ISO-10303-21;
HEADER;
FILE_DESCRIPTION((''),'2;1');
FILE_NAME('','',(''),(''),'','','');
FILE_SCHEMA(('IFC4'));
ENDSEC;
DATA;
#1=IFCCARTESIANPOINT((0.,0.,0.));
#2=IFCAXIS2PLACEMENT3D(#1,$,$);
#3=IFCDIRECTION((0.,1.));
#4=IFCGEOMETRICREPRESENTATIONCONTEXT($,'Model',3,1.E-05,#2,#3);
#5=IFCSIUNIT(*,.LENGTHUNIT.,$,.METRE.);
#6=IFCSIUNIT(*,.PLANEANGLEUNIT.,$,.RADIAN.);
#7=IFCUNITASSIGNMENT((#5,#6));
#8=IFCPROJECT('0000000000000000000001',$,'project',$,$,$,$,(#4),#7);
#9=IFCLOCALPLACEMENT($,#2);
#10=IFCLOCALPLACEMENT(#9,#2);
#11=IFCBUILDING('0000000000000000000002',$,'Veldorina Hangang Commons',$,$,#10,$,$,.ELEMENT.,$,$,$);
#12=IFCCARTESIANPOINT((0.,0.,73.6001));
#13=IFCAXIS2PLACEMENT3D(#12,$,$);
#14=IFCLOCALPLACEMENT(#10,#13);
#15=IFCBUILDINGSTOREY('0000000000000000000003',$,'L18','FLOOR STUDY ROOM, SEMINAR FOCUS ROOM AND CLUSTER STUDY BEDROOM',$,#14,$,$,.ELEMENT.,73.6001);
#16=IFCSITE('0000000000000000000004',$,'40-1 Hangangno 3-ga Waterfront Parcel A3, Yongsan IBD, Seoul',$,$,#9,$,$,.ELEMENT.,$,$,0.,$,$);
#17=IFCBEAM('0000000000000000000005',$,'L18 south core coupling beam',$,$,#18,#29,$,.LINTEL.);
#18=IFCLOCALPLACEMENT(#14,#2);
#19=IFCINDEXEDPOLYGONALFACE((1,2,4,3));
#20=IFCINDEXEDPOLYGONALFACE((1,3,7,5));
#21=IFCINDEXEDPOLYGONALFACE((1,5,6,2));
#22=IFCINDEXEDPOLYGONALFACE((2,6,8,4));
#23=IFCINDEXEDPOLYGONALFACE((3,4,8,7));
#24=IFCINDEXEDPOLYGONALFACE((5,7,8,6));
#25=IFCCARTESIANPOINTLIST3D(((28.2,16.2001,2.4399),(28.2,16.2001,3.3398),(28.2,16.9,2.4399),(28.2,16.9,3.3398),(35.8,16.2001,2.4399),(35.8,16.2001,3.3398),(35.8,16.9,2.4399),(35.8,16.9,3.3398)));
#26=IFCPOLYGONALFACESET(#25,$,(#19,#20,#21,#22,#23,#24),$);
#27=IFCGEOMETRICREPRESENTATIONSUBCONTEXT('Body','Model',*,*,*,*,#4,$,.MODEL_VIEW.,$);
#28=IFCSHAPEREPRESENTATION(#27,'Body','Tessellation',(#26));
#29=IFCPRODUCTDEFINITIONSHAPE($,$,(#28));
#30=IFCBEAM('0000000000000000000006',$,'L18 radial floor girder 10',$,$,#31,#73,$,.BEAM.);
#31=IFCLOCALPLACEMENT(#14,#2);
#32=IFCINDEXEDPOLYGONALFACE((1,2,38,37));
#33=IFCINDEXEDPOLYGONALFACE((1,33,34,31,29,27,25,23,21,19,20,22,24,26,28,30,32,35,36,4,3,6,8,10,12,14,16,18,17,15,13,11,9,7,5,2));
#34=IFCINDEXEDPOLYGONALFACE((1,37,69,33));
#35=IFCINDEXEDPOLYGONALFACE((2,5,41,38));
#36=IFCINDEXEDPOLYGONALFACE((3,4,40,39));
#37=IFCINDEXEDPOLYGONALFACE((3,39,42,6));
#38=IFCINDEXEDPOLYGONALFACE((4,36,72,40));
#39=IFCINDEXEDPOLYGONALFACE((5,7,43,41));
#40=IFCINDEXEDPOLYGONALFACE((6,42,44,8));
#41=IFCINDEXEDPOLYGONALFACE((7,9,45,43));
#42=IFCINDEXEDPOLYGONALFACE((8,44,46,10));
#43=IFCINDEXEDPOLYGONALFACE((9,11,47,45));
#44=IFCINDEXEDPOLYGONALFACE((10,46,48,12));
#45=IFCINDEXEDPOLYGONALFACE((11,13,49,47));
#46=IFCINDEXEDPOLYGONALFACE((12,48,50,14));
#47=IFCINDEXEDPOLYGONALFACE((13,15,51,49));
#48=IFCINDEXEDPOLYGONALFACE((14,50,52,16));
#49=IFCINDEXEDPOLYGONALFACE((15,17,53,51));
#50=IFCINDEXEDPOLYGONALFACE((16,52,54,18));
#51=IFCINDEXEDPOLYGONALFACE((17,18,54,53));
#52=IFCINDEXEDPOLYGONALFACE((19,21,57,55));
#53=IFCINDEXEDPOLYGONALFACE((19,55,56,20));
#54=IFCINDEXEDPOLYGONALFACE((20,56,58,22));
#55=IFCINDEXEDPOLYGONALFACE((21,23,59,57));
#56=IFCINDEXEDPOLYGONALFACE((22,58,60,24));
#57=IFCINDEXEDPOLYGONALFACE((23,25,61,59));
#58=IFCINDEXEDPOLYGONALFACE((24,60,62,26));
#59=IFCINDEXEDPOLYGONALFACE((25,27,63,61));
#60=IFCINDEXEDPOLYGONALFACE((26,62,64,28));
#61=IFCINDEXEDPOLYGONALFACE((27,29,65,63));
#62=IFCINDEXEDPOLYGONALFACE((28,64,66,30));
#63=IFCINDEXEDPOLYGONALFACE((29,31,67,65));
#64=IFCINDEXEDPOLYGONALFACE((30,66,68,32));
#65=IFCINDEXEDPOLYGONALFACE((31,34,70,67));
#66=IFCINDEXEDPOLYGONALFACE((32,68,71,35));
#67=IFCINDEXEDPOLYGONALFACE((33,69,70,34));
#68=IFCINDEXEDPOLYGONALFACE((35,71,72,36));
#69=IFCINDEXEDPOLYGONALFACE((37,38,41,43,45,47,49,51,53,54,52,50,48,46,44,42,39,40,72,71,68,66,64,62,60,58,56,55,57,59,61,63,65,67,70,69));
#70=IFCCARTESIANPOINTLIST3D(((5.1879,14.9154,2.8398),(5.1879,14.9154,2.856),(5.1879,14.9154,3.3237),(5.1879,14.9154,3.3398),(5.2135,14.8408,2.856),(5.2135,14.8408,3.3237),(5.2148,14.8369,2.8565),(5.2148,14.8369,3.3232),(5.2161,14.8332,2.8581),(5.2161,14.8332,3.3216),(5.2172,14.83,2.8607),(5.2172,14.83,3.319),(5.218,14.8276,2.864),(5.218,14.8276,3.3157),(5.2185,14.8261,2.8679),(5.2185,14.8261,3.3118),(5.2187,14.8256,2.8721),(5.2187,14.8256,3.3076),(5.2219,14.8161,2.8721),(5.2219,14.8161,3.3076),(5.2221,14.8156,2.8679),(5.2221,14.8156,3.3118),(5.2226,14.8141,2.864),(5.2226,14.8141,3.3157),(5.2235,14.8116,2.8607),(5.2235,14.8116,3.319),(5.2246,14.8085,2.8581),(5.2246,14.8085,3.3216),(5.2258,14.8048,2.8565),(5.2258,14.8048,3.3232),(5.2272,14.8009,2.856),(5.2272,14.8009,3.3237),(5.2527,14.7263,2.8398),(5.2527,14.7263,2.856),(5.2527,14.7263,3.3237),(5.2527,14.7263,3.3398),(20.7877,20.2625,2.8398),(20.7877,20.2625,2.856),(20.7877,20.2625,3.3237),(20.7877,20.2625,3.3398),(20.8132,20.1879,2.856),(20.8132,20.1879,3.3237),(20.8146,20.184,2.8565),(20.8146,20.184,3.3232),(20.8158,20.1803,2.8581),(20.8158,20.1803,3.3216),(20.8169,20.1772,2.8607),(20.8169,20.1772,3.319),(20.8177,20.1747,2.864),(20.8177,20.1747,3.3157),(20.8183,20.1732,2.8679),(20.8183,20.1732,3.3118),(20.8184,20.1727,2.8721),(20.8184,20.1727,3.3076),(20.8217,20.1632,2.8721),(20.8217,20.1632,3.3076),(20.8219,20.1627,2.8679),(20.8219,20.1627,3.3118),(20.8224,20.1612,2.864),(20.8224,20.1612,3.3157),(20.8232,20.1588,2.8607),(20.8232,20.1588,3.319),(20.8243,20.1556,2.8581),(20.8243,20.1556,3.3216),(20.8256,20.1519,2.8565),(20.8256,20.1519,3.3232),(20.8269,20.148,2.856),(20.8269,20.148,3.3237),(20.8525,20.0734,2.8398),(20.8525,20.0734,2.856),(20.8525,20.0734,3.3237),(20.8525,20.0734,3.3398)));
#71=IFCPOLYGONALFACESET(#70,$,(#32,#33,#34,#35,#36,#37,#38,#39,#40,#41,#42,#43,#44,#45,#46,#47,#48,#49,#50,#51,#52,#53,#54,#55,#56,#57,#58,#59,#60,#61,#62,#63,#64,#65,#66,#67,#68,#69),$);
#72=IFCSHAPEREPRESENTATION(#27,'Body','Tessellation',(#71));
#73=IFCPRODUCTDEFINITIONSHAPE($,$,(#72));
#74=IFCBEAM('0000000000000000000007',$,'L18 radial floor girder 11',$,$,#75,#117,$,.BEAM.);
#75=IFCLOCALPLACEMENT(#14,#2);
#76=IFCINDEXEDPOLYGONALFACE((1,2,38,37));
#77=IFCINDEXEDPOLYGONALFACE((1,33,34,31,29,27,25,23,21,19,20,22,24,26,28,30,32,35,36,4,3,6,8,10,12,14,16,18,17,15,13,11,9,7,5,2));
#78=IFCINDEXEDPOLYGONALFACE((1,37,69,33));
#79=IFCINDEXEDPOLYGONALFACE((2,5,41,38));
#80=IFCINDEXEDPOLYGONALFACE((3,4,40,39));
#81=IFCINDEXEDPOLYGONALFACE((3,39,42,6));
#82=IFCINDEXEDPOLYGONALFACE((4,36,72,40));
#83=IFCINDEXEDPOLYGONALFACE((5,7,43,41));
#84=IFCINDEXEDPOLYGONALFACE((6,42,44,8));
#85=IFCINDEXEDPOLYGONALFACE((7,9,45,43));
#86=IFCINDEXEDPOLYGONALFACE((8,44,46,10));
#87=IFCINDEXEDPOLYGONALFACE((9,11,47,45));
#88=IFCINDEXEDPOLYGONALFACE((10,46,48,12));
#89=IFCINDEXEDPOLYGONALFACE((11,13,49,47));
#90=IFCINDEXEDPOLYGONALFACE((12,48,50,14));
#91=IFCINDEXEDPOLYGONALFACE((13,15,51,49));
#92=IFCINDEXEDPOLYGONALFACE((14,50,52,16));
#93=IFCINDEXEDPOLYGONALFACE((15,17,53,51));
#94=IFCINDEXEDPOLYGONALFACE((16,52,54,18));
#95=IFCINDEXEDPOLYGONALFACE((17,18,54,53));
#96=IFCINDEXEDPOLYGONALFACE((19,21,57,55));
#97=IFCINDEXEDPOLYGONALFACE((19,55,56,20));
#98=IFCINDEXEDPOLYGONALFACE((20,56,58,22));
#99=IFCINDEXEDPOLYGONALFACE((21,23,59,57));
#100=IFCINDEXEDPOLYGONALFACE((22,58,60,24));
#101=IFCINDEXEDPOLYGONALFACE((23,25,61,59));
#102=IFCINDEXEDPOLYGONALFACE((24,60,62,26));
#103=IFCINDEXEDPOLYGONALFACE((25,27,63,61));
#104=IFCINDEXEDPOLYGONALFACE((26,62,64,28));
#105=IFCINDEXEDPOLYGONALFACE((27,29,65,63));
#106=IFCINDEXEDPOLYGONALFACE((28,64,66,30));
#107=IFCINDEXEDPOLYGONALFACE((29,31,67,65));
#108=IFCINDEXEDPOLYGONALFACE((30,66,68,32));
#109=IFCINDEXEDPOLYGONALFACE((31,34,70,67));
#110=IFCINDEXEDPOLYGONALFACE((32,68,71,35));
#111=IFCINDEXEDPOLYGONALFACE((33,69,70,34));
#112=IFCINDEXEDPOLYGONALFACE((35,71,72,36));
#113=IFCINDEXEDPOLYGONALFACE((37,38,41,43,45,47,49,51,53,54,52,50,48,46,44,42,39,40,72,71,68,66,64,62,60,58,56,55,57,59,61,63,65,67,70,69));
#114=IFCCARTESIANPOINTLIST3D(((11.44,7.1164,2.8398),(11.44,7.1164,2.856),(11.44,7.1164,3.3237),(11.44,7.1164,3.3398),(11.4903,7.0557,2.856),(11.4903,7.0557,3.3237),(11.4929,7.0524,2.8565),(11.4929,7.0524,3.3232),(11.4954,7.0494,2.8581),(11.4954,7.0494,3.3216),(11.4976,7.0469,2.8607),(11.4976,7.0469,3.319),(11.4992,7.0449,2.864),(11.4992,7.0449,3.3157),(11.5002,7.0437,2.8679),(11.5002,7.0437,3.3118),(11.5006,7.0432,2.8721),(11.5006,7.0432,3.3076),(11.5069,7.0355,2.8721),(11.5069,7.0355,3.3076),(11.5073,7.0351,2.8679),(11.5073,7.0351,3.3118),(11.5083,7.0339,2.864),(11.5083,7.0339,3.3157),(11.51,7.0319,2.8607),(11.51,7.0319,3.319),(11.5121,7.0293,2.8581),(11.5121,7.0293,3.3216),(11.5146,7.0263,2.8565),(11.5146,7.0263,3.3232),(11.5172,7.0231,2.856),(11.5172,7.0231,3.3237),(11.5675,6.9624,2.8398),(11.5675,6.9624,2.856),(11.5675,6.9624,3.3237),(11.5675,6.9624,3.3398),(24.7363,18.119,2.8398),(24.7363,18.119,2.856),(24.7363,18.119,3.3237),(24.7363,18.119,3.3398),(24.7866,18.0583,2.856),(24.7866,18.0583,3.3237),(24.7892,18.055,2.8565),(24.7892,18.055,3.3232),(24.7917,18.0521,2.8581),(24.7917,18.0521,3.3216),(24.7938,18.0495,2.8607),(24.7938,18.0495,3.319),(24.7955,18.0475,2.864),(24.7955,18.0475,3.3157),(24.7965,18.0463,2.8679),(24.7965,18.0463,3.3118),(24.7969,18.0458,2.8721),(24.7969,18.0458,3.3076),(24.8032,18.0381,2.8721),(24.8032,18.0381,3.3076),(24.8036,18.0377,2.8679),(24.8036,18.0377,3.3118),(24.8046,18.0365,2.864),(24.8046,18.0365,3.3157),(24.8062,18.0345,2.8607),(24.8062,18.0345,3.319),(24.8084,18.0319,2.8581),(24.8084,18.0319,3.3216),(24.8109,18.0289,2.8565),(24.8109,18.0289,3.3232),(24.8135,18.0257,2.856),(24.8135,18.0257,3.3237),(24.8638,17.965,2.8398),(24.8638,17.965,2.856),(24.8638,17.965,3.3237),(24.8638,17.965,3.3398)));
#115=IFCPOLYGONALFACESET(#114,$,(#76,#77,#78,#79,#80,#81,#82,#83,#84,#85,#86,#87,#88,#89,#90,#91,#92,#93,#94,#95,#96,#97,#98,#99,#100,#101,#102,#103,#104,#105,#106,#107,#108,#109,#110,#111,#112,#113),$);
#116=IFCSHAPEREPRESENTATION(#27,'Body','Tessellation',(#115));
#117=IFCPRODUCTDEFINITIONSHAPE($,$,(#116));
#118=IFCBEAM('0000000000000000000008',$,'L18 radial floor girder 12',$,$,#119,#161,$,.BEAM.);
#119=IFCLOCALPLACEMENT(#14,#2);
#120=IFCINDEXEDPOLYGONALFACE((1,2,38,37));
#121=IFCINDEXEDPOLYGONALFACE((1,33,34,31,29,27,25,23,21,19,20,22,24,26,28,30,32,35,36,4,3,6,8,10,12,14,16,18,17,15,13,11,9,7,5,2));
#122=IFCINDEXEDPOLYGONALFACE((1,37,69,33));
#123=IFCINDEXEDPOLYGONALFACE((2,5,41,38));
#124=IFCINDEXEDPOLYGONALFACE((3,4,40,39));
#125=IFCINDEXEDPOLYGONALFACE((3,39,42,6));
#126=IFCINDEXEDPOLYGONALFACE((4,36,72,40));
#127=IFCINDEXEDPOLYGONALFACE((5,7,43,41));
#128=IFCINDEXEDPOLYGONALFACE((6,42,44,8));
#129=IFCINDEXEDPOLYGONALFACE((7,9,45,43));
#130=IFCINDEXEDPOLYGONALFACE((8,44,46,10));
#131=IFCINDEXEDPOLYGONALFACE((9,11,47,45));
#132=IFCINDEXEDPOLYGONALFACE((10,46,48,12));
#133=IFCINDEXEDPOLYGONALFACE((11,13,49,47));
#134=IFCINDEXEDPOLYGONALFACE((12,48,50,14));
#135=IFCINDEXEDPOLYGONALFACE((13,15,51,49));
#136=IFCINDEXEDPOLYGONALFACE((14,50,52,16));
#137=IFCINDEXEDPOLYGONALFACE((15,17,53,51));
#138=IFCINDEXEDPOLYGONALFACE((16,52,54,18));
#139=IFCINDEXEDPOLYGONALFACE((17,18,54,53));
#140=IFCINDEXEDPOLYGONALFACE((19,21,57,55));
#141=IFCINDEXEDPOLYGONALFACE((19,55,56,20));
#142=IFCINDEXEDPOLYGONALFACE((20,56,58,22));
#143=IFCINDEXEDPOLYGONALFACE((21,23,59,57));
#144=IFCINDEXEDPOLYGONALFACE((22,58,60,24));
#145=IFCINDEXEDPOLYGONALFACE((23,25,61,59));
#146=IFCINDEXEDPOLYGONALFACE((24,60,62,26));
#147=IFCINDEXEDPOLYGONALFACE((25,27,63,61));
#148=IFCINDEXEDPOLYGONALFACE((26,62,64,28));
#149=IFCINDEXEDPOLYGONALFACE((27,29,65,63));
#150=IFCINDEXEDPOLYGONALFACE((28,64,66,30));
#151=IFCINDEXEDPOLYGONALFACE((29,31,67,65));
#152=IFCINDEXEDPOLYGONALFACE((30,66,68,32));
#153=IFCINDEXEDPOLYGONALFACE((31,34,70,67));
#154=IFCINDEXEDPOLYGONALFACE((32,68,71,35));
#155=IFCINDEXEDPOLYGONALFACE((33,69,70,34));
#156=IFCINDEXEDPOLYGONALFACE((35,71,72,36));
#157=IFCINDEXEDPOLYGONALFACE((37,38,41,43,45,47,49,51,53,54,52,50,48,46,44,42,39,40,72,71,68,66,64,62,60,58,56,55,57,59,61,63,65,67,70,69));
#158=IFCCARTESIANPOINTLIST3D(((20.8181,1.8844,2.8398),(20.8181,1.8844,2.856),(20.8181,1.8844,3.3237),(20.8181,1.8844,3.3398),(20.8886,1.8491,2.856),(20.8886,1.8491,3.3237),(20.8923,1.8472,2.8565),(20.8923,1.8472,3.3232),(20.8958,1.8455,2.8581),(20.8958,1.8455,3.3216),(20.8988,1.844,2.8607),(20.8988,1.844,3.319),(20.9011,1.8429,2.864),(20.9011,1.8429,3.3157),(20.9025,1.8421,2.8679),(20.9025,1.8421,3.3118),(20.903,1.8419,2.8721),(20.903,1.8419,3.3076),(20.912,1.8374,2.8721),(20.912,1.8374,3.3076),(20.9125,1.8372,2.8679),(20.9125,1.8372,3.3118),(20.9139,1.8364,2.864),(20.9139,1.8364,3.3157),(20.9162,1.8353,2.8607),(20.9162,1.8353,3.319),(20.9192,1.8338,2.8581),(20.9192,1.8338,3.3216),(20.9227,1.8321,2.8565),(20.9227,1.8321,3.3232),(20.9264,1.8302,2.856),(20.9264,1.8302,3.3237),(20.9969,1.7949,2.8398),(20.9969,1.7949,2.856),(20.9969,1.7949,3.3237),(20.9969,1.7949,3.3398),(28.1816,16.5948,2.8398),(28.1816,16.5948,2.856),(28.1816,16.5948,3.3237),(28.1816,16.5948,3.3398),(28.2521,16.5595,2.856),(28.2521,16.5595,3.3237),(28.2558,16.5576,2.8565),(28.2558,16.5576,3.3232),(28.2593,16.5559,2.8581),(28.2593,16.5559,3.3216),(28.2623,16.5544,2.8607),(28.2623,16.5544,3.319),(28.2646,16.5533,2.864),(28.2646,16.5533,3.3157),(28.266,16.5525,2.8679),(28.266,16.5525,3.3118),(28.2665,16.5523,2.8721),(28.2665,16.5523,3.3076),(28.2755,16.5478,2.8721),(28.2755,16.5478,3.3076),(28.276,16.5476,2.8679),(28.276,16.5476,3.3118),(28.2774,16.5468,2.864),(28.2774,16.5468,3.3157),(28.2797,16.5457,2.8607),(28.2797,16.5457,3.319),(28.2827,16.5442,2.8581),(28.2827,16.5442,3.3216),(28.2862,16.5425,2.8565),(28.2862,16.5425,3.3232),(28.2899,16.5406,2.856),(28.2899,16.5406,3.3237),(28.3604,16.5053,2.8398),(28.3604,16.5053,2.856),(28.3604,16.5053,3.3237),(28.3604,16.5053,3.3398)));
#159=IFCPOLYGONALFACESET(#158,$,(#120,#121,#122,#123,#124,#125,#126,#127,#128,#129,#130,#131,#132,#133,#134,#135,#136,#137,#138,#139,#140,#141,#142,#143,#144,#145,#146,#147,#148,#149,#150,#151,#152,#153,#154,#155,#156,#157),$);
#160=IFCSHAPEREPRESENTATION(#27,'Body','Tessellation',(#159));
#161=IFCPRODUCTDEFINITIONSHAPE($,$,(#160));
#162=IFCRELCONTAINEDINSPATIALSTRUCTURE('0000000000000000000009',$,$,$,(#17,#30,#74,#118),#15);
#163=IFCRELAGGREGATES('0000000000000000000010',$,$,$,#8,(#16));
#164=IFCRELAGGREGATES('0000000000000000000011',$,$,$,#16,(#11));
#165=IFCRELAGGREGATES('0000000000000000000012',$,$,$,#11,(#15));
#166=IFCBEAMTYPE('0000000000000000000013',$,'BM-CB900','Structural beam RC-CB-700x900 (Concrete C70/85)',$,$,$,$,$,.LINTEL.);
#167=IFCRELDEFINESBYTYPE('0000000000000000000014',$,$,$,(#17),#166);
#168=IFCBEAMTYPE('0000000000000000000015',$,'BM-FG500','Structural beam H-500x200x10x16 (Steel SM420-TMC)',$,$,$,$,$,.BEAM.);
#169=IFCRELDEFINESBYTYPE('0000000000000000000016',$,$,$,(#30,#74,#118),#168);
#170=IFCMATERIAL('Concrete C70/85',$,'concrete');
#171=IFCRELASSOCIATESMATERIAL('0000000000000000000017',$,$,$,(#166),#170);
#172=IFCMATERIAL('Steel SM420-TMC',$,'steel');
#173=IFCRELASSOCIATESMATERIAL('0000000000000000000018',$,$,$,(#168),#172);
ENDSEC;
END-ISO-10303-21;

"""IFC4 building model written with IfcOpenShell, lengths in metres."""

from ifc_helpers import new_model, si_unit, direction, frame, origin, origin_2d, place, context, subcontext, project, spatial, rectangle, i_section, extrude, material, material_profile, profile_set, type_object, element, save


model = new_model("IFC4")

# Units and contexts
model_context = context("Model", 3, precision=1e-05, world=origin(), true_north=direction((0.0, 1.0)))
body_context = subcontext(model_context, "Body", "Model", "MODEL_VIEW")
ifc_project = project(units=[si_unit("LENGTHUNIT", "METRE"), si_unit("PLANEANGLEUNIT", "RADIAN")], contexts=[model_context])

# Site, building, storey
site_placement = place(None, origin())
site = spatial("IfcSite", under=ifc_project, at=site_placement, Name="40-1 Hangangno 3-ga Waterfront Parcel A3, Yongsan IBD, Seoul", CompositionType="ELEMENT", RefElevation=0.0)
building_placement = place(site_placement, origin())
building = spatial("IfcBuilding", under=site, at=building_placement, Name="Veldorina Hangang Commons", CompositionType="ELEMENT")
storey_placement = place(building_placement, frame((0.0, 0.0, 73.6001)))
storey = spatial("IfcBuildingStorey", under=building, at=storey_placement, Name="L18", Description="FLOOR STUDY ROOM, SEMINAR FOCUS ROOM AND CLUSTER STUDY BEDROOM", CompositionType="ELEMENT", Elevation=73.6001)

# Beams
ifc_material_1 = material(Name="Concrete C70/85", Category="concrete")
ifc_material_profile_1 = material_profile(ifc_material_1, rectangle(XDim=0.7, YDim=0.8999, at=origin_2d()), Name="RC-CB-700x900")
ifc_profile_set_1 = profile_set([ifc_material_profile_1], Name="Concrete C70/85")
beam_type_1 = type_object("IfcBeamType", Name="BM-CB900", Description="Structural beam RC-CB-700x900 (Concrete C70/85)", PredefinedType="LINTEL", material=ifc_profile_set_1)
beam_1_placement = place(storey_placement, frame((28.2, 16.55, 2.8899), z_axis=(1.0, 0.0, 0.0), x_axis=(0.0, 1.0, 0.0)))
element("IfcBeam", 1, at=beam_1_placement, inside=storey, type_object=beam_type_1, Name="L18 south core coupling beam", PredefinedType="LINTEL", context=body_context, shape_type="SweptSolid", body=[
    extrude(rectangle(XDim=0.7, YDim=0.8999, at=origin_2d()), origin(), (0.0, 0.0, 1.0), 7.6001),
])
ifc_material_2 = material(Name="Steel SM420-TMC", Category="steel")
ifc_material_profile_2 = material_profile(ifc_material_2, i_section(OverallWidth=0.2, OverallDepth=0.5, WebThickness=0.01, FlangeThickness=0.0161, FilletRadius=0.0161, at=origin_2d()), Name="H-500x200x10x16")
ifc_profile_set_2 = profile_set([ifc_material_profile_2], Name="Steel SM420-TMC")
beam_type_2 = type_object("IfcBeamType", Name="BM-FG500", Description="Structural beam H-500x200x10x16 (Steel SM420-TMC)", PredefinedType="BEAM", material=ifc_profile_set_2)
beam_2_placement = place(storey_placement, frame((20.8201, 20.168, 3.0898), z_axis=(-0.945971, -0.324251, 0.0), x_axis=(0.324251, -0.945971, 0.0)))
element("IfcBeam", 2, at=beam_2_placement, inside=storey, type_object=beam_type_2, Name="L18 radial floor girder 10", PredefinedType="BEAM", context=body_context, shape_type="SweptSolid", body=[
    extrude(i_section(OverallWidth=0.2, OverallDepth=0.5, WebThickness=0.01, FlangeThickness=0.0161, FilletRadius=0.0161, at=origin_2d()), origin(), (0.0, 0.0, 1.0), 16.4907),
])
beam_3_placement = place(storey_placement, frame((24.8, 18.042, 3.0898), z_axis=(-0.770429, -0.637526, 0.0), x_axis=(0.637526, -0.770429, 0.0)))
element("IfcBeam", 3, at=beam_3_placement, inside=storey, type_object=beam_type_2, Name="L18 radial floor girder 11", PredefinedType="BEAM", context=body_context, shape_type="SweptSolid", body=[
    extrude(i_section(OverallWidth=0.2, OverallDepth=0.5, WebThickness=0.01, FlangeThickness=0.0161, FilletRadius=0.0161, at=origin_2d()), origin(), (0.0, 0.0, 1.0), 17.2583),
])
beam_4_placement = place(storey_placement, frame((28.271, 16.55, 3.0898), z_axis=(-0.447617, -0.894225, 0.0), x_axis=(0.894225, -0.447617, 0.0)))
element("IfcBeam", 4, at=beam_4_placement, inside=storey, type_object=beam_type_2, Name="L18 radial floor girder 12", PredefinedType="BEAM", context=body_context, shape_type="SweptSolid", body=[
    extrude(i_section(OverallWidth=0.2, OverallDepth=0.5, WebThickness=0.01, FlangeThickness=0.0161, FilletRadius=0.0161, at=origin_2d()), origin(), (0.0, 0.0, 1.0), 16.4504),
])

save(model, "model.ifc")
